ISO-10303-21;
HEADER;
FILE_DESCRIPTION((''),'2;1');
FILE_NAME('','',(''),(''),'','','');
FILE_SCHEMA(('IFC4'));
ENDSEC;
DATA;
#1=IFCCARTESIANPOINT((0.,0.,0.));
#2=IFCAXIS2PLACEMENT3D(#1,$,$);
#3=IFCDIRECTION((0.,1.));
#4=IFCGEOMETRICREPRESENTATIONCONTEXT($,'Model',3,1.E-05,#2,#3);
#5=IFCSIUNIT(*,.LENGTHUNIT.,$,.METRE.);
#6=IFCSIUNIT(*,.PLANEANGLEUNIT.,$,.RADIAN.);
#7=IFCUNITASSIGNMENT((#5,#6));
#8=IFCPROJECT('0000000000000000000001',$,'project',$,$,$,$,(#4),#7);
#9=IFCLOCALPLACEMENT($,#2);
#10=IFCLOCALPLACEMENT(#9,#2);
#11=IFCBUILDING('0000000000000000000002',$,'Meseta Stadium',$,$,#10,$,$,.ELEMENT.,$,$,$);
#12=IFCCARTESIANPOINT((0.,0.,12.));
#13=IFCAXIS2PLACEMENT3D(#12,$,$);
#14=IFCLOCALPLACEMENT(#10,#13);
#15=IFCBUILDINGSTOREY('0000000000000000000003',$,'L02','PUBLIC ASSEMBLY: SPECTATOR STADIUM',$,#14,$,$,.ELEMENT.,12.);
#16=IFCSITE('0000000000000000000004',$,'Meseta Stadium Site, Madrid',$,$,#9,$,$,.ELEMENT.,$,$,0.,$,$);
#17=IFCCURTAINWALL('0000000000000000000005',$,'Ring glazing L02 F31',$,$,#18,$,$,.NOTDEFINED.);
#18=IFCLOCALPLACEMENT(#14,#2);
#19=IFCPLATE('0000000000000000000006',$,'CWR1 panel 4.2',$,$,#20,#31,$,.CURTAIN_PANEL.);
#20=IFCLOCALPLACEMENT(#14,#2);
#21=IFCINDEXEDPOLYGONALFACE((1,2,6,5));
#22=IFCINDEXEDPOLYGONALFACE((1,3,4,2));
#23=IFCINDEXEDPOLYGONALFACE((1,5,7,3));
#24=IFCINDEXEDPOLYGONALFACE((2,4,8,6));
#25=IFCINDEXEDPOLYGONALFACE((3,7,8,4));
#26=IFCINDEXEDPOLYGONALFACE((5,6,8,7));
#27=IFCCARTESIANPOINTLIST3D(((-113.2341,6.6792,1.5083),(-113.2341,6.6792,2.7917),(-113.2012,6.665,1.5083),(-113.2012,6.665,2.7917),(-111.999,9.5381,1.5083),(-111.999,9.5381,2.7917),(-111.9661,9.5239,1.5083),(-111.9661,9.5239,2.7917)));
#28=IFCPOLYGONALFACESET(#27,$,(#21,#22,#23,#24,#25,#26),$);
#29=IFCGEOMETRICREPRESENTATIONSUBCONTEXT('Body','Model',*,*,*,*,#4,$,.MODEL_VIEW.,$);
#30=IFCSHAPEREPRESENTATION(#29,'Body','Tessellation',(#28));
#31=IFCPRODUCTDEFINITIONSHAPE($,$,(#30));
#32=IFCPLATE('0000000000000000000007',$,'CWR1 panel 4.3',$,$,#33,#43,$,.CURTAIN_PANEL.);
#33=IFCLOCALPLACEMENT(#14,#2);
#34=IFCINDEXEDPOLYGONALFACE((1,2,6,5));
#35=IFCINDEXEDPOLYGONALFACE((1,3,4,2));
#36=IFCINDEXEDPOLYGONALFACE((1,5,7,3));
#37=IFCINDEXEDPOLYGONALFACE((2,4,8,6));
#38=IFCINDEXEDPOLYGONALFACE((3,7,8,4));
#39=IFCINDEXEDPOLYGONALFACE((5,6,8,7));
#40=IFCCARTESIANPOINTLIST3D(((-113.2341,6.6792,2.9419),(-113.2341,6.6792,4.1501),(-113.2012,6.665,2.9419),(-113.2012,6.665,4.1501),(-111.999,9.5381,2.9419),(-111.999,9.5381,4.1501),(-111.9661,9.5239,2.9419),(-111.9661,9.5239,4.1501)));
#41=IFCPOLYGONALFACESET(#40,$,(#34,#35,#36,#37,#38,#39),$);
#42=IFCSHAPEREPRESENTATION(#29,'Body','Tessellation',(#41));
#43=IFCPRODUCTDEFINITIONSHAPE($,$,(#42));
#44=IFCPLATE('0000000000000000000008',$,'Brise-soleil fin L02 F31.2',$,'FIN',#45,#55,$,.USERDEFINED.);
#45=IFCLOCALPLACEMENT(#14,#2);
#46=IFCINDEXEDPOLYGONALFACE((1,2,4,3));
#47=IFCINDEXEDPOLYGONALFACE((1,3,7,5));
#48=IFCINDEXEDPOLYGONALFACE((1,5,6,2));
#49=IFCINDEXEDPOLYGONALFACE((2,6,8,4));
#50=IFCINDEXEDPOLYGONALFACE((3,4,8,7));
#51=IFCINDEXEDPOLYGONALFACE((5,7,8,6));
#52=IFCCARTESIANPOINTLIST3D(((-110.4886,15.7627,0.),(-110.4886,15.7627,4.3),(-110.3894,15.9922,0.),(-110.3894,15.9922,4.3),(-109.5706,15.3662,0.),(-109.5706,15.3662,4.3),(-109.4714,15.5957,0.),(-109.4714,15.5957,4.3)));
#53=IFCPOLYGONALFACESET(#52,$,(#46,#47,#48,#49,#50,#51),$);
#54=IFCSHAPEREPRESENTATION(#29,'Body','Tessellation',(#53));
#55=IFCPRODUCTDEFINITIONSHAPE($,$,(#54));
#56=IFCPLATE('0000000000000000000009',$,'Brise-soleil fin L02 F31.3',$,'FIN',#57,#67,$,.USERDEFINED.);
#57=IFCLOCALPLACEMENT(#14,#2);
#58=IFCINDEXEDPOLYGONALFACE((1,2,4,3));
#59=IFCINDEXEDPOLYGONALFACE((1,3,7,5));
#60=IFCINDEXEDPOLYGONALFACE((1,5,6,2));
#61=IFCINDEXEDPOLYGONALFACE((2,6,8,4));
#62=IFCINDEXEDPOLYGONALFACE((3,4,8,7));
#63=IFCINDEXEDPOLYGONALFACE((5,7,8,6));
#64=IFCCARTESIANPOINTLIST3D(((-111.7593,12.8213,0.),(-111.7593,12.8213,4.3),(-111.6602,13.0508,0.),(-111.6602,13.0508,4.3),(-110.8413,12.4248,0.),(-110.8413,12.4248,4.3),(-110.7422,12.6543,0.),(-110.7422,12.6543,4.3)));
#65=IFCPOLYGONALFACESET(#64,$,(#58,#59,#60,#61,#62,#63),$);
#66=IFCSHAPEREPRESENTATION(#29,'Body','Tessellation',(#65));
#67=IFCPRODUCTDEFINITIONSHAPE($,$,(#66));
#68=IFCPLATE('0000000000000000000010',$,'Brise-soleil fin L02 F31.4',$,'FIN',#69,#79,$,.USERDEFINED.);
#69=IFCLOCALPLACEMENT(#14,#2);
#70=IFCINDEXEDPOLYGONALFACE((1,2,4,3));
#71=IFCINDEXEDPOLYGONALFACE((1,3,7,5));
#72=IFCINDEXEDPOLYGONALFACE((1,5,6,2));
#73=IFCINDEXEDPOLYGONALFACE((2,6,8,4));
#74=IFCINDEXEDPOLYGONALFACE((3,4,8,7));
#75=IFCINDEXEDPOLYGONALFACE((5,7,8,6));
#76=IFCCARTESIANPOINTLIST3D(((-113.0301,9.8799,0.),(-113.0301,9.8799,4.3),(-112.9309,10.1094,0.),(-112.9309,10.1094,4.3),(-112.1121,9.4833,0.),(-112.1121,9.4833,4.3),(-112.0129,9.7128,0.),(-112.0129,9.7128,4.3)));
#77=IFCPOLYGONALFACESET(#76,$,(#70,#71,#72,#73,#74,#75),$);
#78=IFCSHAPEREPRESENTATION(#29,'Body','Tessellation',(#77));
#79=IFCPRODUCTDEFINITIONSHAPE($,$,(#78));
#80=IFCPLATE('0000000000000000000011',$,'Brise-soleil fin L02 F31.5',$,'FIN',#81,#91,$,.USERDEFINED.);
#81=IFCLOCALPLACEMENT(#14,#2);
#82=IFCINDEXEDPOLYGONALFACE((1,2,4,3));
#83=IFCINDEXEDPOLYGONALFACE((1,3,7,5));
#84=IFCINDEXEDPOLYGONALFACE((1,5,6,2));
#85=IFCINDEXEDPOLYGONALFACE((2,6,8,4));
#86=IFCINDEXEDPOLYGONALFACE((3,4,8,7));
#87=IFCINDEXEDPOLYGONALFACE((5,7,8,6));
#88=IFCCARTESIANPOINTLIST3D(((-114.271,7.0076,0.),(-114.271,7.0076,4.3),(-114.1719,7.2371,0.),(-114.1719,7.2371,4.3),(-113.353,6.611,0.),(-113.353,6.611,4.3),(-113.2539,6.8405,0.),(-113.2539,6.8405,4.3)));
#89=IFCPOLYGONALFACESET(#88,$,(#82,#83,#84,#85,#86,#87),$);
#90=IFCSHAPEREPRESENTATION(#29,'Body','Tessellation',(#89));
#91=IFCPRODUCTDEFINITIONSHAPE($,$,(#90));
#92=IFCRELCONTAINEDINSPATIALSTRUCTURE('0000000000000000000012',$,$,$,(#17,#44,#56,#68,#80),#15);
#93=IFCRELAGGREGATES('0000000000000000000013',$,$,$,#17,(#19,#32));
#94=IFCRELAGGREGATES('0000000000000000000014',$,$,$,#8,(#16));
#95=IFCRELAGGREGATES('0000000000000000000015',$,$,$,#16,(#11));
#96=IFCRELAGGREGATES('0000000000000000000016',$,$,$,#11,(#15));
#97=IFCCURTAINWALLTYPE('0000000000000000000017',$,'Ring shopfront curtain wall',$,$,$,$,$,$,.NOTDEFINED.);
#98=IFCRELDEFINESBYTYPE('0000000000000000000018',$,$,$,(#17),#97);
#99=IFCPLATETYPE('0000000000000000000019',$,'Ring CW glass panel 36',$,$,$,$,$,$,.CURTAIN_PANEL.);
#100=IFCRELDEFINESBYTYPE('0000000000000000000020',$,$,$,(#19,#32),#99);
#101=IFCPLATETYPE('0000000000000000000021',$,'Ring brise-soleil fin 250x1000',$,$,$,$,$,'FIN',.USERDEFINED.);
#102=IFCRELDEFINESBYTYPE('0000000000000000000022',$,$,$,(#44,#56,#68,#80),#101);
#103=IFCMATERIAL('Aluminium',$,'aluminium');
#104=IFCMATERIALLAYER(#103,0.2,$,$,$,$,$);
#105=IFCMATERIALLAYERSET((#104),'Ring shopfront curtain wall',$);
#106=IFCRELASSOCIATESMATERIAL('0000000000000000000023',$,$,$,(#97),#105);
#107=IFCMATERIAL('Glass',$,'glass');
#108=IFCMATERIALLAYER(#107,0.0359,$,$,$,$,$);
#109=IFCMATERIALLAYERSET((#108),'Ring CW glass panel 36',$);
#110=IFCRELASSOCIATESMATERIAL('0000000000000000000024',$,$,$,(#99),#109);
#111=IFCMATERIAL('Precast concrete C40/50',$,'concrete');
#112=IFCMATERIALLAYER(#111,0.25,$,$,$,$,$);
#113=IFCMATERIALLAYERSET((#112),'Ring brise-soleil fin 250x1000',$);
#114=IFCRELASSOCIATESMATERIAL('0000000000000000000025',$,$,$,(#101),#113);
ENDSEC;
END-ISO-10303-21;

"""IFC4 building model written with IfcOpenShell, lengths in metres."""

from ifc_helpers import new_model, si_unit, direction, frame, origin, origin_2d, place, context, subcontext, project, spatial, rectangle, extrude, material, layer, layer_set, type_object, element, aggregate, save


model = new_model("IFC4")

# Units and contexts
model_context = context("Model", 3, precision=1e-05, world=origin(), true_north=direction((0.0, 1.0)))
body_context = subcontext(model_context, "Body", "Model", "MODEL_VIEW")
ifc_project = project(units=[si_unit("LENGTHUNIT", "METRE"), si_unit("PLANEANGLEUNIT", "RADIAN")], contexts=[model_context])

# Site, building, storey
site_placement = place(None, origin())
site = spatial("IfcSite", under=ifc_project, at=site_placement, Name="Meseta Stadium Site, Madrid", CompositionType="ELEMENT", RefElevation=0.0)
building_placement = place(site_placement, origin())
building = spatial("IfcBuilding", under=site, at=building_placement, Name="Meseta Stadium", CompositionType="ELEMENT")
storey_placement = place(building_placement, frame((0.0, 0.0, 12.0)))
storey = spatial("IfcBuildingStorey", under=building, at=storey_placement, Name="L02", Description="PUBLIC ASSEMBLY: SPECTATOR STADIUM", CompositionType="ELEMENT", Elevation=12.0)

# Curtain wall, plates
ifc_material_1 = material(Name="Aluminium", Category="aluminium")
ifc_layer_1 = layer(ifc_material_1, 0.2)
ifc_layer_set_1 = layer_set([ifc_layer_1], Name="Ring shopfront curtain wall")
curtain_wall_type = type_object("IfcCurtainWallType", Name="Ring shopfront curtain wall", PredefinedType="NOTDEFINED", material=ifc_layer_set_1)
curtain_wall_placement = place(storey_placement, origin())
curtain_wall = element("IfcCurtainWall", 1, at=curtain_wall_placement, inside=storey, type_object=curtain_wall_type, Name="Ring glazing L02 F31", PredefinedType="NOTDEFINED")
ifc_material_2 = material(Name="Glass", Category="glass")
ifc_layer_2 = layer(ifc_material_2, 0.0359)
ifc_layer_set_2 = layer_set([ifc_layer_2], Name="Ring CW glass panel 36")
plate_type_1 = type_object("IfcPlateType", Name="Ring CW glass panel 36", PredefinedType="CURTAIN_PANEL", material=ifc_layer_set_2)
plate_1_placement = place(storey_placement, frame((-112.6001, 8.1016, 1.5083), z_axis=(0.0, 0.0, 1.0), x_axis=(-0.396581, -0.918, 0.0)))
plate_1 = element("IfcPlate", 2, at=plate_1_placement, type_object=plate_type_1, Name="CWR1 panel 4.2", PredefinedType="CURTAIN_PANEL", context=body_context, shape_type="SweptSolid", body=[
    extrude(rectangle(XDim=3.1143, YDim=0.0359, at=origin_2d()), origin(), (0.0, 0.0, 1.0), 1.2834),
])
plate_2_placement = place(storey_placement, frame((-112.6001, 8.1016, 2.9419), z_axis=(0.0, 0.0, 1.0), x_axis=(-0.396581, -0.918, 0.0)))
plate_2 = element("IfcPlate", 3, at=plate_2_placement, type_object=plate_type_1, Name="CWR1 panel 4.3", PredefinedType="CURTAIN_PANEL", context=body_context, shape_type="SweptSolid", body=[
    extrude(rectangle(XDim=3.1143, YDim=0.0359, at=origin_2d()), origin(), (0.0, 0.0, 1.0), 1.2083),
])
aggregate(curtain_wall, [plate_1, plate_2])

# Plates
ifc_material_3 = material(Name="Precast concrete C40/50", Category="concrete")
ifc_layer_3 = layer(ifc_material_3, 0.25)
ifc_layer_set_3 = layer_set([ifc_layer_3], Name="Ring brise-soleil fin 250x1000")
plate_type_2 = type_object("IfcPlateType", Name="Ring brise-soleil fin 250x1000", ElementType="FIN", PredefinedType="USERDEFINED", material=ifc_layer_set_3)
for number, where, z_axis, x_axis, name in (
    (4, (-109.98, 15.6792, 0.0), (0.0, 0.0, 1.0), (-0.396576, -0.918002, 0.0), "Brise-soleil fin L02 F31.2"),
    (5, (-111.2507, 12.7378, 0.0), (0.0, 0.0, 1.0), (-0.396576, -0.918002, 0.0), "Brise-soleil fin L02 F31.3"),
    (6, (-112.5215, 9.7964, 0.0), (0.0, 0.0, 1.0), (-0.396576, -0.918002, 0.0), "Brise-soleil fin L02 F31.4"),
    (7, (-113.7625, 6.9241, 0.0), (0.0, 0.0, 1.0), (-0.396576, -0.918002, 0.0), "Brise-soleil fin L02 F31.5"),
):
    element("IfcPlate", number, at=place(storey_placement, frame(where, z_axis=z_axis, x_axis=x_axis)), inside=storey, type_object=plate_type_2, Name=name, ObjectType="FIN", PredefinedType="USERDEFINED", context=body_context, shape_type="SweptSolid", body=[
        extrude(rectangle(XDim=0.25, YDim=1.0, at=origin_2d()), origin(), (0.0, 0.0, 1.0), 4.3),
    ])

save(model, "model.ifc")
